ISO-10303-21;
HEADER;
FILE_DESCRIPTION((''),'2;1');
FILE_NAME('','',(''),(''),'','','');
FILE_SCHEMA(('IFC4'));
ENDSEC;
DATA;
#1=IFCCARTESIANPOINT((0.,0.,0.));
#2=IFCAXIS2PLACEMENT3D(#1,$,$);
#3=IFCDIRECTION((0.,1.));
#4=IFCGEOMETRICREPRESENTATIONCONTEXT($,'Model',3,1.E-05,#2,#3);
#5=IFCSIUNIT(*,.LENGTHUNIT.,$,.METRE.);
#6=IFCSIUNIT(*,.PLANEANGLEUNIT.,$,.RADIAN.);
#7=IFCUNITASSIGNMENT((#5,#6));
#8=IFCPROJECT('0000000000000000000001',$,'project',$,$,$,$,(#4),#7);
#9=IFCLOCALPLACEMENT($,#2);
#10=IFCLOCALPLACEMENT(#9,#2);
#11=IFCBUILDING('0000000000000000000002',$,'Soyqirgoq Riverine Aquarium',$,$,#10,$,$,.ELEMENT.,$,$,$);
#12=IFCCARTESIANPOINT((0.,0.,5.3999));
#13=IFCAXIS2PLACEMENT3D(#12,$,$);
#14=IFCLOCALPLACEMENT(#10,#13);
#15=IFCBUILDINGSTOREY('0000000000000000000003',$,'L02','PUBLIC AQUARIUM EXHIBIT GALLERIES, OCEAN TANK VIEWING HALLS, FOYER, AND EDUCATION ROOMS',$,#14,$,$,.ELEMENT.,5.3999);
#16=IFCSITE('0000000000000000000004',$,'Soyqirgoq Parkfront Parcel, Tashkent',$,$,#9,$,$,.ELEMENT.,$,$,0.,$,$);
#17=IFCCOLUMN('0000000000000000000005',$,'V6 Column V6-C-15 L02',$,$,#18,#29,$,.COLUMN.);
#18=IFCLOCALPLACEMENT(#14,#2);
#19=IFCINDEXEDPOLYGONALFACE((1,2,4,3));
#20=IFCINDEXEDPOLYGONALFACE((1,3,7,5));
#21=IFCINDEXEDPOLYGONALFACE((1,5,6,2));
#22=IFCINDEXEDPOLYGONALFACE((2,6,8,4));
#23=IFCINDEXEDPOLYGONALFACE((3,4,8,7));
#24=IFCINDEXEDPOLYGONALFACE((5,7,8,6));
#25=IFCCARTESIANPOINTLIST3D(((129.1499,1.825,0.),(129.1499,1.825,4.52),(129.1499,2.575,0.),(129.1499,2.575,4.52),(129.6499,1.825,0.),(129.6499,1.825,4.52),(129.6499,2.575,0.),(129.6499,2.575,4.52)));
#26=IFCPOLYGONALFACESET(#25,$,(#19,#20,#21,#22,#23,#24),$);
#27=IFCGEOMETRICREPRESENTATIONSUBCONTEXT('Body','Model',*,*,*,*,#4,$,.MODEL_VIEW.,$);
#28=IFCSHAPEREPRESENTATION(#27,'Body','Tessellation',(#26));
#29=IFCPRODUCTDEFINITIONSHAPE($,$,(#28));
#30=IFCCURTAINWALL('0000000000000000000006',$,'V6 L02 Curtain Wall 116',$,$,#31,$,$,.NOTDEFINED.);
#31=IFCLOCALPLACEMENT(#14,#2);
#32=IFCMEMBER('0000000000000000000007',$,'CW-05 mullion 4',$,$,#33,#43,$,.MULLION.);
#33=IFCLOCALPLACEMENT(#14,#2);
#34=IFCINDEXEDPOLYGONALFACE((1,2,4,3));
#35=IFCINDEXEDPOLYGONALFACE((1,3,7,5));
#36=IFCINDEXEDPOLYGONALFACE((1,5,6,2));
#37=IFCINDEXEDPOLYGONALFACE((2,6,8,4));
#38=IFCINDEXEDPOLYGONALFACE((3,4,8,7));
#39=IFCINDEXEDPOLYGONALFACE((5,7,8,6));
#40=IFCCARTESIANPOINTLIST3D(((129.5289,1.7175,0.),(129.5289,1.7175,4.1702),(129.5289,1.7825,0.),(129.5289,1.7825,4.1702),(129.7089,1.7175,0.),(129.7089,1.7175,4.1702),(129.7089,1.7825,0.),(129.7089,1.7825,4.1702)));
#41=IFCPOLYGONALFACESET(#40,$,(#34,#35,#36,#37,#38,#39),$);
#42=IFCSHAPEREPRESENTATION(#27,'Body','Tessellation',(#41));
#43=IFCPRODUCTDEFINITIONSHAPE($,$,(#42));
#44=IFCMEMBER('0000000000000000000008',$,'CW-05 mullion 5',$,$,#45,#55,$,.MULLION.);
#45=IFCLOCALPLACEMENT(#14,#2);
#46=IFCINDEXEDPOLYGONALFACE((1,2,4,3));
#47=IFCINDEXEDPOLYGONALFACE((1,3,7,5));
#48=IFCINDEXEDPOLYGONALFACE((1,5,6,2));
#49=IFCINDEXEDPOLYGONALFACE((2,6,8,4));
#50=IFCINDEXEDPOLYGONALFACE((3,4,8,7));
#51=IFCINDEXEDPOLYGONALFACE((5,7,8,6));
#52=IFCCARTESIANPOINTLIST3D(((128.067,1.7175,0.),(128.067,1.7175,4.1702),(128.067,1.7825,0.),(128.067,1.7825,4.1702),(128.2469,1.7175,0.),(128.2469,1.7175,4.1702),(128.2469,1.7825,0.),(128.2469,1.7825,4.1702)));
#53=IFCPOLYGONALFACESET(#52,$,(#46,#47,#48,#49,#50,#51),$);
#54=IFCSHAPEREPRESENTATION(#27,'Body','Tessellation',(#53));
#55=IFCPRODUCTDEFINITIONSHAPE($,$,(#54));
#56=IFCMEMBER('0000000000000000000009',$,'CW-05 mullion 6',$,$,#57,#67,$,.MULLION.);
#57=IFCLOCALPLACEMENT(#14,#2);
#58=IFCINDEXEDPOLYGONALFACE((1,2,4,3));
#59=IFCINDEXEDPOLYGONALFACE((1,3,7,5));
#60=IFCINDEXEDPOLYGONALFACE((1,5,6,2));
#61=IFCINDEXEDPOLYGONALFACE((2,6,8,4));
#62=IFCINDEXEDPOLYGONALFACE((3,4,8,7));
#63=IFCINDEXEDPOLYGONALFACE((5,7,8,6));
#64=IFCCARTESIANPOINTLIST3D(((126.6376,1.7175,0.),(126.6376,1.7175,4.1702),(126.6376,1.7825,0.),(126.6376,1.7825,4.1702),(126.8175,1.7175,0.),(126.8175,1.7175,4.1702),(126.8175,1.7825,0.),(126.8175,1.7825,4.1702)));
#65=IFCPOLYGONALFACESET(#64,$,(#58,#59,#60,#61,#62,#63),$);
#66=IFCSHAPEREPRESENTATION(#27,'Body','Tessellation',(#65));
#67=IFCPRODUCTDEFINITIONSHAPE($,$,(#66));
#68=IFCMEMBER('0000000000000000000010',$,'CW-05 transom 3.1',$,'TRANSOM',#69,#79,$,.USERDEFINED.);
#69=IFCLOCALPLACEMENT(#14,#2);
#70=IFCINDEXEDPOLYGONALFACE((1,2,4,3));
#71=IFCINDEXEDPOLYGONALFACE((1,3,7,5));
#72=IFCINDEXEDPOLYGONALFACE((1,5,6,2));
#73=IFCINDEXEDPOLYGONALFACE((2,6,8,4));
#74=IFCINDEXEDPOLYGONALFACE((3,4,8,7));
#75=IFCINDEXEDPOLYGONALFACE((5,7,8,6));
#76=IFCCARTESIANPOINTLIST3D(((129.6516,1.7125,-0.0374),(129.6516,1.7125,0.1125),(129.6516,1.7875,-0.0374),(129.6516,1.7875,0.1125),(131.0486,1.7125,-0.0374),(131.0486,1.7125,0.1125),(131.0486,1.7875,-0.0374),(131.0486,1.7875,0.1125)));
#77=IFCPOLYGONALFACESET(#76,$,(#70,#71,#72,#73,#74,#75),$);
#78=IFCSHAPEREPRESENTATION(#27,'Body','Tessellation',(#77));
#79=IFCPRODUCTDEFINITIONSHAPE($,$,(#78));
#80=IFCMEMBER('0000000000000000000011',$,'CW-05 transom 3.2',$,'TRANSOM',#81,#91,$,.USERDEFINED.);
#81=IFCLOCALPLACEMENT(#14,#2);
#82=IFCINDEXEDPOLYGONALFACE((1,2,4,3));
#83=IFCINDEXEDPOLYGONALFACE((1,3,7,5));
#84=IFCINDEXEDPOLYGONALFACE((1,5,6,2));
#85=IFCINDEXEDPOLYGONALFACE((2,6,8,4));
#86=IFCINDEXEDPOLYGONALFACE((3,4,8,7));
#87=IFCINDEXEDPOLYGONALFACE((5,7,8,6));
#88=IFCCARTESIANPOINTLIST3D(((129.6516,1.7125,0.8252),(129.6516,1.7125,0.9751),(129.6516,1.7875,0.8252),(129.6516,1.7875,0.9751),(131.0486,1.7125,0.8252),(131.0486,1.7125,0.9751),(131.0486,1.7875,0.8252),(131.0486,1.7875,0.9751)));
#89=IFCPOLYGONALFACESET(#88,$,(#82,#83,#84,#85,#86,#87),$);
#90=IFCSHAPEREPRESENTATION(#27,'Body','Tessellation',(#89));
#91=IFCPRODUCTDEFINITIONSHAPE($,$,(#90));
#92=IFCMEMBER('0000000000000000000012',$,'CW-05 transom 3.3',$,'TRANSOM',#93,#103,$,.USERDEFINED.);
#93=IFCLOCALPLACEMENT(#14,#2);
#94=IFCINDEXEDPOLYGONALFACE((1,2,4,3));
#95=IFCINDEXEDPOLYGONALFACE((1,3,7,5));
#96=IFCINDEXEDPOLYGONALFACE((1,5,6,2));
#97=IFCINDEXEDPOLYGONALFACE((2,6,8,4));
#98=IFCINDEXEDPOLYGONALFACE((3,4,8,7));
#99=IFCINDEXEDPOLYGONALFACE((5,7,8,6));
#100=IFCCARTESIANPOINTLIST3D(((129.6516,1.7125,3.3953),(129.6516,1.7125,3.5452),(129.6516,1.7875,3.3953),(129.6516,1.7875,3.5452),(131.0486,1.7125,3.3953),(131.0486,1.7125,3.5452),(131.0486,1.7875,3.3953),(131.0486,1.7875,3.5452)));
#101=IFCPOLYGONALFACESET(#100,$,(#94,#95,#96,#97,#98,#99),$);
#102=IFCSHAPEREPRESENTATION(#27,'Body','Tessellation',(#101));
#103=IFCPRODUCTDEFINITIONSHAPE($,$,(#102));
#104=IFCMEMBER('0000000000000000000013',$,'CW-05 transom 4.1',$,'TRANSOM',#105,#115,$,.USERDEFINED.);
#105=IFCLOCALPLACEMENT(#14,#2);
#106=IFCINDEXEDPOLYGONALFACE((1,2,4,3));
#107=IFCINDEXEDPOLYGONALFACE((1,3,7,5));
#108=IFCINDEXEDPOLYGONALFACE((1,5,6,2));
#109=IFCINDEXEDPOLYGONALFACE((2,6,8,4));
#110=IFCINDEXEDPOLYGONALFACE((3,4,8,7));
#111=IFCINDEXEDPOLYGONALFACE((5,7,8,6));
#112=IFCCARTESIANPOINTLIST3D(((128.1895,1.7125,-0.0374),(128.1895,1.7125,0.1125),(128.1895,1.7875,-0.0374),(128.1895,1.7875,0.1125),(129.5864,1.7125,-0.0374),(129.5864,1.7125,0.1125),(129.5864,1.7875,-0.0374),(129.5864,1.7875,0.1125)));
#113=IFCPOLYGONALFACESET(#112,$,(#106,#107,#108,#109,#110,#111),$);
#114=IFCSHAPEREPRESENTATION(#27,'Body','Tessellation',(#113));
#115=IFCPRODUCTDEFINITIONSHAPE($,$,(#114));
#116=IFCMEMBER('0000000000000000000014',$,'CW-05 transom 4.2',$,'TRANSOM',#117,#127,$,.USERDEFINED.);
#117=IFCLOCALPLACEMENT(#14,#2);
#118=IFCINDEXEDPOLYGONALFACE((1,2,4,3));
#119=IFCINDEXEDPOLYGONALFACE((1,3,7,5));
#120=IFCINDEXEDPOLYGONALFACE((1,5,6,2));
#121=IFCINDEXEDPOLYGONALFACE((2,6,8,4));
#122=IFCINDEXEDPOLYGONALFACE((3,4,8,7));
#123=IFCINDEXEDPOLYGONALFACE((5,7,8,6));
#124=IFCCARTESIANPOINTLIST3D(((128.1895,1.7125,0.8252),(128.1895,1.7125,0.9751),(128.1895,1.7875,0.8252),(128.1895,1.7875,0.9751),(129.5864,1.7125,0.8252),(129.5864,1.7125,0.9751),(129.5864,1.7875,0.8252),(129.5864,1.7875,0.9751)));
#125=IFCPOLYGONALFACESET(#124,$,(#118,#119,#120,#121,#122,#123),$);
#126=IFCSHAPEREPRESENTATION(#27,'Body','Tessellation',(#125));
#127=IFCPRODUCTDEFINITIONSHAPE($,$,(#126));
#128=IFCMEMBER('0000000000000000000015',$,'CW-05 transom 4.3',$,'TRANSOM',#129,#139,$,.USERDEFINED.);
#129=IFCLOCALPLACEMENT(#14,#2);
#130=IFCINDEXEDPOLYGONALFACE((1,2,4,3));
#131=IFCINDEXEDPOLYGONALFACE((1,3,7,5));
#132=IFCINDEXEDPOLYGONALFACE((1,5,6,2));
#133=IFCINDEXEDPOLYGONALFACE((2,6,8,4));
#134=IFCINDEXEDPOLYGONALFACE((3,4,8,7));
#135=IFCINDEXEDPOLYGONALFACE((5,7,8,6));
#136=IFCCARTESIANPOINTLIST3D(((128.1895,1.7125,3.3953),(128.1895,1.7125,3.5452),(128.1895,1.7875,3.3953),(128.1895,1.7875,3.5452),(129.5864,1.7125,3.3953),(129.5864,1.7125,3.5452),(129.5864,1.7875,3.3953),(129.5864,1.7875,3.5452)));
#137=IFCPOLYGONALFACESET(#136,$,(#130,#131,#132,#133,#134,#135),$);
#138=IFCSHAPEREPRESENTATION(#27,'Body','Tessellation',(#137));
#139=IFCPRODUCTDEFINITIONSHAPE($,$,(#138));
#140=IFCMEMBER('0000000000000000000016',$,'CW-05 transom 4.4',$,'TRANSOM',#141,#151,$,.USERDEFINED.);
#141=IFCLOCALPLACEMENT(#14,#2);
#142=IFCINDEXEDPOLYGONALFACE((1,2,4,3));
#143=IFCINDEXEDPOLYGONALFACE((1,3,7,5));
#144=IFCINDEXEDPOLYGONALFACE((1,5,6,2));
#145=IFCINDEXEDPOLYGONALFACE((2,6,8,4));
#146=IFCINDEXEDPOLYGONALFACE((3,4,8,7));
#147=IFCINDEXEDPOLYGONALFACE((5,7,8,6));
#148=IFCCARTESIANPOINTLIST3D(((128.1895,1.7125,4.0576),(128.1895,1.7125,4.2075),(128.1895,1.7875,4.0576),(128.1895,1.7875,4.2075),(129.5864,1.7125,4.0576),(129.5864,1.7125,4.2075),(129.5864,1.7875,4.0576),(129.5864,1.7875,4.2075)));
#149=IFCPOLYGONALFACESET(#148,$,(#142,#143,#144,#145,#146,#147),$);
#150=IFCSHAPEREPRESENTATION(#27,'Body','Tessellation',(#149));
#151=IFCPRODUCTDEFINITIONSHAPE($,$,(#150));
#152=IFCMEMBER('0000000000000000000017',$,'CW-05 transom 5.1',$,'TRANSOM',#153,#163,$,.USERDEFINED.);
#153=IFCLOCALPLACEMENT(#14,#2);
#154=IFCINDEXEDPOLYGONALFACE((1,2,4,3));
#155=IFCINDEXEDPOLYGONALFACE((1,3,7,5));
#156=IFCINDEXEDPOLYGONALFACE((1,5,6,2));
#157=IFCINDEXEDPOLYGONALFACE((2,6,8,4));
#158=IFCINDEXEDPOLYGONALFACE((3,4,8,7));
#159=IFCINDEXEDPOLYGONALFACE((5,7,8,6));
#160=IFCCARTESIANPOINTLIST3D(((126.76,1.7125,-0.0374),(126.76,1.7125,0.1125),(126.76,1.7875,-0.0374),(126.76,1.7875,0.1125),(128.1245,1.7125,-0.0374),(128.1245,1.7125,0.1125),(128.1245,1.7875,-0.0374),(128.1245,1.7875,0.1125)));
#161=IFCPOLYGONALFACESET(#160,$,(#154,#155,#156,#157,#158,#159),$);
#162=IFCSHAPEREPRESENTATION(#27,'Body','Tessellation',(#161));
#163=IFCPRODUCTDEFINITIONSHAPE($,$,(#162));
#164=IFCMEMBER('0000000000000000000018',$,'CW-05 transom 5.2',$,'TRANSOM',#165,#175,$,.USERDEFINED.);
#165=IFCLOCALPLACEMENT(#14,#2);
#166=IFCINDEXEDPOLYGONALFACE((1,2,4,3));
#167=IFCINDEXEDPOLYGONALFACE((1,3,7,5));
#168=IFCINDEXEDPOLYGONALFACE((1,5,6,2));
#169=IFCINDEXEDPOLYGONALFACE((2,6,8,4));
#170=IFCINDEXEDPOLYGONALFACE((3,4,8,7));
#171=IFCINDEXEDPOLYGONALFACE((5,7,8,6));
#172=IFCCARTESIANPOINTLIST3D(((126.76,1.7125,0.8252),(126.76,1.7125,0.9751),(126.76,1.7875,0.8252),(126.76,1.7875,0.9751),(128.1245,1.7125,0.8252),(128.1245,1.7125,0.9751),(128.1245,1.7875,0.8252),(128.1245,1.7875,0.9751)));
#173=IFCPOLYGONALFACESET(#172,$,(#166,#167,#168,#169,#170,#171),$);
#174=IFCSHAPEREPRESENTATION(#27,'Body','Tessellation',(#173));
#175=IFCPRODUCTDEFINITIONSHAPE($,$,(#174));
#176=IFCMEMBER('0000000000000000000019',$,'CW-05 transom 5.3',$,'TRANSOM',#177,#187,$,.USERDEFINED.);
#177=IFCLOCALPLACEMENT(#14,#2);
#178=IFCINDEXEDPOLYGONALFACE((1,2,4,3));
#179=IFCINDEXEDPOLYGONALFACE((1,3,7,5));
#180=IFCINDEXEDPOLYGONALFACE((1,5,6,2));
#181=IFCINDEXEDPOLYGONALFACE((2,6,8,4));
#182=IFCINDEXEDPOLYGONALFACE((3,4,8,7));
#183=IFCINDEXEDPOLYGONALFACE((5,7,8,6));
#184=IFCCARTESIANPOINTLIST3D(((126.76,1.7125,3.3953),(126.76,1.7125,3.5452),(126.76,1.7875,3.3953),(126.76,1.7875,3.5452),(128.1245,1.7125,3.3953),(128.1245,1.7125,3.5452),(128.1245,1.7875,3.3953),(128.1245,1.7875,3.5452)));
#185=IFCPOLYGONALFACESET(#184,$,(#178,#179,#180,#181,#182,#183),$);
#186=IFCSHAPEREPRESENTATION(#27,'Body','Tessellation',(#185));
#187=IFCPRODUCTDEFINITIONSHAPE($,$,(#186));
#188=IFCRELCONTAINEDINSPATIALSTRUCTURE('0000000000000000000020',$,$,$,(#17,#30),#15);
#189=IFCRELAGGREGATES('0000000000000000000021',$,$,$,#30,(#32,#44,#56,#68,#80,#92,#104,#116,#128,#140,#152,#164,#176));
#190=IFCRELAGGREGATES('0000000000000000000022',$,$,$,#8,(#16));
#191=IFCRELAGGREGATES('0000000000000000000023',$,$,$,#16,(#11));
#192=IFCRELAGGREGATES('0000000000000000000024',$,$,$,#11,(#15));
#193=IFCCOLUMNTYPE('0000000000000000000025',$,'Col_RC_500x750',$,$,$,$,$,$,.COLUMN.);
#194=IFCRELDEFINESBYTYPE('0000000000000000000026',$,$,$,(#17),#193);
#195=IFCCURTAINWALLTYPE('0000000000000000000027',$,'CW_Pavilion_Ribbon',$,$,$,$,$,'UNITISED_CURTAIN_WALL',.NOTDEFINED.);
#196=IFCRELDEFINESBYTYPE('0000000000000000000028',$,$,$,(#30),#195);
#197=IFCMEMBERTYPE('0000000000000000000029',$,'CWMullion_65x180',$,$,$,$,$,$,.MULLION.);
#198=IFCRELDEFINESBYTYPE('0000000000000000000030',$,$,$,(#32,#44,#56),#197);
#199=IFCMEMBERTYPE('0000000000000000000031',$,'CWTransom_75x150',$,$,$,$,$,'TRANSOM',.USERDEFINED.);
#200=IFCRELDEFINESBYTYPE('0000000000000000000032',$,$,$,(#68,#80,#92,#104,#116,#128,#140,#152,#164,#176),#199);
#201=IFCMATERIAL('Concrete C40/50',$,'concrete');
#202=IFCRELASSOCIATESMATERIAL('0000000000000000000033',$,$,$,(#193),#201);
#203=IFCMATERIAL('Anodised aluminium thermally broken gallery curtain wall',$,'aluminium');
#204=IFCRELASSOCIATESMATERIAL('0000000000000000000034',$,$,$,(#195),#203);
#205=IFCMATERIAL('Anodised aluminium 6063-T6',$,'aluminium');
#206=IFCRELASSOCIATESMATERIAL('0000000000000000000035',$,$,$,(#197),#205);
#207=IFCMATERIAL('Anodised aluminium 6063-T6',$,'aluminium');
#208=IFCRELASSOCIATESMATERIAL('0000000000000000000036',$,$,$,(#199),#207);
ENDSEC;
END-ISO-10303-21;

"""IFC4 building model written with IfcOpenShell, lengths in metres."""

from ifc_helpers import new_model, si_unit, direction, frame, origin, origin_2d, place, context, subcontext, project, spatial, rectangle, extrude, material, material_profile, profile_set, type_object, element, aggregate, save


model = new_model("IFC4")

# Units and contexts
model_context = context("Model", 3, precision=1e-05, world=origin(), true_north=direction((0.0, 1.0)))
body_context = subcontext(model_context, "Body", "Model", "MODEL_VIEW")
ifc_project = project(units=[si_unit("LENGTHUNIT", "METRE"), si_unit("PLANEANGLEUNIT", "RADIAN")], contexts=[model_context])

# Site, building, storey
site_placement = place(None, origin())
site = spatial("IfcSite", under=ifc_project, at=site_placement, Name="Soyqirgoq Parkfront Parcel, Tashkent", CompositionType="ELEMENT", RefElevation=0.0)
building_placement = place(site_placement, origin())
building = spatial("IfcBuilding", under=site, at=building_placement, Name="Soyqirgoq Riverine Aquarium", CompositionType="ELEMENT")
storey_placement = place(building_placement, frame((0.0, 0.0, 5.3999)))
storey = spatial("IfcBuildingStorey", under=building, at=storey_placement, Name="L02", Description="PUBLIC AQUARIUM EXHIBIT GALLERIES, OCEAN TANK VIEWING HALLS, FOYER, AND EDUCATION ROOMS", CompositionType="ELEMENT", Elevation=5.3999)

# Column
ifc_material_1 = material(Name="Concrete C40/50", Category="concrete")
ifc_material_profile_1 = material_profile(ifc_material_1, rectangle(XDim=0.5, YDim=0.75, at=origin_2d()), Name="RC-COL 500x750")
ifc_profile_set_1 = profile_set([ifc_material_profile_1], Name="Concrete C40/50")
column_type = type_object("IfcColumnType", Name="Col_RC_500x750", PredefinedType="COLUMN", material=ifc_profile_set_1)
column_placement = place(storey_placement, frame((129.3999, 2.2, 0.0), z_axis=(0.0, 0.0, 1.0), x_axis=(1.0, 0.0, 0.0)))
element("IfcColumn", 1, at=column_placement, inside=storey, type_object=column_type, Name="V6 Column V6-C-15 L02", PredefinedType="COLUMN", context=body_context, shape_type="SweptSolid", body=[
    extrude(rectangle(XDim=0.5, YDim=0.75, at=origin_2d()), origin(), (0.0, 0.0, 1.0), 4.52),
])

# Curtain wall, members
ifc_material_2 = material(Name="Anodised aluminium thermally broken gallery curtain wall", Category="aluminium")
curtain_wall_type = type_object("IfcCurtainWallType", Name="CW_Pavilion_Ribbon", ElementType="UNITISED_CURTAIN_WALL", PredefinedType="NOTDEFINED", material=ifc_material_2)
curtain_wall_placement = place(storey_placement, origin())
curtain_wall = element("IfcCurtainWall", 2, at=curtain_wall_placement, inside=storey, type_object=curtain_wall_type, Name="V6 L02 Curtain Wall 116", PredefinedType="NOTDEFINED")
ifc_material_3 = material(Name="Anodised aluminium 6063-T6", Category="aluminium")
ifc_material_profile_2 = material_profile(ifc_material_3, rectangle(XDim=0.0649, YDim=0.1799, at=origin_2d()), Name="ALU-M 65x180")
ifc_profile_set_2 = profile_set([ifc_material_profile_2], Name="Anodised aluminium 6063-T6")
member_type_1 = type_object("IfcMemberType", Name="CWMullion_65x180", PredefinedType="MULLION", material=ifc_profile_set_2)
member_1_placement = place(storey_placement, frame((129.6189, 1.75, 0.0), z_axis=(0.0, 0.0, 1.0), x_axis=(0.0, -1.0, 0.0)))
member_1 = element("IfcMember", 3, at=member_1_placement, type_object=member_type_1, Name="CW-05 mullion 4", PredefinedType="MULLION", context=body_context, shape_type="SweptSolid", body=[
    extrude(rectangle(XDim=0.0649, YDim=0.1799, at=origin_2d()), origin(), (0.0, 0.0, 1.0), 4.1702),
])
member_2_placement = place(storey_placement, frame((128.157, 1.75, 0.0), z_axis=(0.0, 0.0, 1.0), x_axis=(0.0, -1.0, 0.0)))
member_2 = element("IfcMember", 4, at=member_2_placement, type_object=member_type_1, Name="CW-05 mullion 5", PredefinedType="MULLION", context=body_context, shape_type="SweptSolid", body=[
    extrude(rectangle(XDim=0.0649, YDim=0.1799, at=origin_2d()), origin(), (0.0, 0.0, 1.0), 4.1702),
])
member_3_placement = place(storey_placement, frame((126.7275, 1.75, 0.0), z_axis=(0.0, 0.0, 1.0), x_axis=(0.0, -1.0, 0.0)))
member_3 = element("IfcMember", 5, at=member_3_placement, type_object=member_type_1, Name="CW-05 mullion 6", PredefinedType="MULLION", context=body_context, shape_type="SweptSolid", body=[
    extrude(rectangle(XDim=0.0649, YDim=0.1799, at=origin_2d()), origin(), (0.0, 0.0, 1.0), 4.1702),
])
ifc_material_4 = material(Name="Anodised aluminium 6063-T6", Category="aluminium")
ifc_material_profile_3 = material_profile(ifc_material_4, rectangle(XDim=0.075, YDim=0.1499, at=origin_2d()), Name="ALU-T 75x150")
ifc_profile_set_3 = profile_set([ifc_material_profile_3], Name="Anodised aluminium 6063-T6")
member_type_2 = type_object("IfcMemberType", Name="CWTransom_75x150", ElementType="TRANSOM", PredefinedType="USERDEFINED", material=ifc_profile_set_3)
member_4_placement = place(storey_placement, frame((131.0486, 1.75, 0.0376), z_axis=(-1.0, 0.0, 0.0), x_axis=(0.0, -1.0, 0.0)))
member_4 = element("IfcMember", 6, at=member_4_placement, type_object=member_type_2, Name="CW-05 transom 3.1", ObjectType="TRANSOM", PredefinedType="USERDEFINED", context=body_context, shape_type="SweptSolid", body=[
    extrude(rectangle(XDim=0.075, YDim=0.1499, at=origin_2d()), origin(), (0.0, 0.0, 1.0), 1.397),
])
member_5_placement = place(storey_placement, frame((131.0486, 1.75, 0.9001), z_axis=(-1.0, 0.0, 0.0), x_axis=(0.0, -1.0, 0.0)))
member_5 = element("IfcMember", 7, at=member_5_placement, type_object=member_type_2, Name="CW-05 transom 3.2", ObjectType="TRANSOM", PredefinedType="USERDEFINED", context=body_context, shape_type="SweptSolid", body=[
    extrude(rectangle(XDim=0.075, YDim=0.1499, at=origin_2d()), origin(), (0.0, 0.0, 1.0), 1.397),
])
member_6_placement = place(storey_placement, frame((131.0486, 1.75, 3.4702), z_axis=(-1.0, 0.0, 0.0), x_axis=(0.0, -1.0, 0.0)))
member_6 = element("IfcMember", 8, at=member_6_placement, type_object=member_type_2, Name="CW-05 transom 3.3", ObjectType="TRANSOM", PredefinedType="USERDEFINED", context=body_context, shape_type="SweptSolid", body=[
    extrude(rectangle(XDim=0.075, YDim=0.1499, at=origin_2d()), origin(), (0.0, 0.0, 1.0), 1.397),
])
member_7_placement = place(storey_placement, frame((129.5864, 1.75, 0.0376), z_axis=(-1.0, 0.0, 0.0), x_axis=(0.0, -1.0, 0.0)))
member_7 = element("IfcMember", 9, at=member_7_placement, type_object=member_type_2, Name="CW-05 transom 4.1", ObjectType="TRANSOM", PredefinedType="USERDEFINED", context=body_context, shape_type="SweptSolid", body=[
    extrude(rectangle(XDim=0.075, YDim=0.1499, at=origin_2d()), origin(), (0.0, 0.0, 1.0), 1.397),
])
member_8_placement = place(storey_placement, frame((129.5864, 1.75, 0.9001), z_axis=(-1.0, 0.0, 0.0), x_axis=(0.0, -1.0, 0.0)))
member_8 = element("IfcMember", 10, at=member_8_placement, type_object=member_type_2, Name="CW-05 transom 4.2", ObjectType="TRANSOM", PredefinedType="USERDEFINED", context=body_context, shape_type="SweptSolid", body=[
    extrude(rectangle(XDim=0.075, YDim=0.1499, at=origin_2d()), origin(), (0.0, 0.0, 1.0), 1.397),
])
member_9_placement = place(storey_placement, frame((129.5864, 1.75, 3.4702), z_axis=(-1.0, 0.0, 0.0), x_axis=(0.0, -1.0, 0.0)))
member_9 = element("IfcMember", 11, at=member_9_placement, type_object=member_type_2, Name="CW-05 transom 4.3", ObjectType="TRANSOM", PredefinedType="USERDEFINED", context=body_context, shape_type="SweptSolid", body=[
    extrude(rectangle(XDim=0.075, YDim=0.1499, at=origin_2d()), origin(), (0.0, 0.0, 1.0), 1.397),
])
member_10_placement = place(storey_placement, frame((129.5864, 1.75, 4.1326), z_axis=(-1.0, 0.0, 0.0), x_axis=(0.0, -1.0, 0.0)))
member_10 = element("IfcMember", 12, at=member_10_placement, type_object=member_type_2, Name="CW-05 transom 4.4", ObjectType="TRANSOM", PredefinedType="USERDEFINED", context=body_context, shape_type="SweptSolid", body=[
    extrude(rectangle(XDim=0.075, YDim=0.1499, at=origin_2d()), origin(), (0.0, 0.0, 1.0), 1.397),
])
member_11_placement = place(storey_placement, frame((128.1245, 1.75, 0.0376), z_axis=(-1.0, 0.0, 0.0), x_axis=(0.0, -1.0, 0.0)))
member_11 = element("IfcMember", 13, at=member_11_placement, type_object=member_type_2, Name="CW-05 transom 5.1", ObjectType="TRANSOM", PredefinedType="USERDEFINED", context=body_context, shape_type="SweptSolid", body=[
    extrude(rectangle(XDim=0.075, YDim=0.1499, at=origin_2d()), origin(), (0.0, 0.0, 1.0), 1.3645),
])
member_12_placement = place(storey_placement, frame((128.1245, 1.75, 0.9001), z_axis=(-1.0, 0.0, 0.0), x_axis=(0.0, -1.0, 0.0)))
member_12 = element("IfcMember", 14, at=member_12_placement, type_object=member_type_2, Name="CW-05 transom 5.2", ObjectType="TRANSOM", PredefinedType="USERDEFINED", context=body_context, shape_type="SweptSolid", body=[
    extrude(rectangle(XDim=0.075, YDim=0.1499, at=origin_2d()), origin(), (0.0, 0.0, 1.0), 1.3645),
])
member_13_placement = place(storey_placement, frame((128.1245, 1.75, 3.4702), z_axis=(-1.0, 0.0, 0.0), x_axis=(0.0, -1.0, 0.0)))
member_13 = element("IfcMember", 15, at=member_13_placement, type_object=member_type_2, Name="CW-05 transom 5.3", ObjectType="TRANSOM", PredefinedType="USERDEFINED", context=body_context, shape_type="SweptSolid", body=[
    extrude(rectangle(XDim=0.075, YDim=0.1499, at=origin_2d()), origin(), (0.0, 0.0, 1.0), 1.3645),
])

aggregate(curtain_wall, [member_1, member_2, member_3, member_4, member_5, member_6, member_7, member_8, member_9, member_10, member_11, member_12, member_13])

save(model, "model.ifc")
